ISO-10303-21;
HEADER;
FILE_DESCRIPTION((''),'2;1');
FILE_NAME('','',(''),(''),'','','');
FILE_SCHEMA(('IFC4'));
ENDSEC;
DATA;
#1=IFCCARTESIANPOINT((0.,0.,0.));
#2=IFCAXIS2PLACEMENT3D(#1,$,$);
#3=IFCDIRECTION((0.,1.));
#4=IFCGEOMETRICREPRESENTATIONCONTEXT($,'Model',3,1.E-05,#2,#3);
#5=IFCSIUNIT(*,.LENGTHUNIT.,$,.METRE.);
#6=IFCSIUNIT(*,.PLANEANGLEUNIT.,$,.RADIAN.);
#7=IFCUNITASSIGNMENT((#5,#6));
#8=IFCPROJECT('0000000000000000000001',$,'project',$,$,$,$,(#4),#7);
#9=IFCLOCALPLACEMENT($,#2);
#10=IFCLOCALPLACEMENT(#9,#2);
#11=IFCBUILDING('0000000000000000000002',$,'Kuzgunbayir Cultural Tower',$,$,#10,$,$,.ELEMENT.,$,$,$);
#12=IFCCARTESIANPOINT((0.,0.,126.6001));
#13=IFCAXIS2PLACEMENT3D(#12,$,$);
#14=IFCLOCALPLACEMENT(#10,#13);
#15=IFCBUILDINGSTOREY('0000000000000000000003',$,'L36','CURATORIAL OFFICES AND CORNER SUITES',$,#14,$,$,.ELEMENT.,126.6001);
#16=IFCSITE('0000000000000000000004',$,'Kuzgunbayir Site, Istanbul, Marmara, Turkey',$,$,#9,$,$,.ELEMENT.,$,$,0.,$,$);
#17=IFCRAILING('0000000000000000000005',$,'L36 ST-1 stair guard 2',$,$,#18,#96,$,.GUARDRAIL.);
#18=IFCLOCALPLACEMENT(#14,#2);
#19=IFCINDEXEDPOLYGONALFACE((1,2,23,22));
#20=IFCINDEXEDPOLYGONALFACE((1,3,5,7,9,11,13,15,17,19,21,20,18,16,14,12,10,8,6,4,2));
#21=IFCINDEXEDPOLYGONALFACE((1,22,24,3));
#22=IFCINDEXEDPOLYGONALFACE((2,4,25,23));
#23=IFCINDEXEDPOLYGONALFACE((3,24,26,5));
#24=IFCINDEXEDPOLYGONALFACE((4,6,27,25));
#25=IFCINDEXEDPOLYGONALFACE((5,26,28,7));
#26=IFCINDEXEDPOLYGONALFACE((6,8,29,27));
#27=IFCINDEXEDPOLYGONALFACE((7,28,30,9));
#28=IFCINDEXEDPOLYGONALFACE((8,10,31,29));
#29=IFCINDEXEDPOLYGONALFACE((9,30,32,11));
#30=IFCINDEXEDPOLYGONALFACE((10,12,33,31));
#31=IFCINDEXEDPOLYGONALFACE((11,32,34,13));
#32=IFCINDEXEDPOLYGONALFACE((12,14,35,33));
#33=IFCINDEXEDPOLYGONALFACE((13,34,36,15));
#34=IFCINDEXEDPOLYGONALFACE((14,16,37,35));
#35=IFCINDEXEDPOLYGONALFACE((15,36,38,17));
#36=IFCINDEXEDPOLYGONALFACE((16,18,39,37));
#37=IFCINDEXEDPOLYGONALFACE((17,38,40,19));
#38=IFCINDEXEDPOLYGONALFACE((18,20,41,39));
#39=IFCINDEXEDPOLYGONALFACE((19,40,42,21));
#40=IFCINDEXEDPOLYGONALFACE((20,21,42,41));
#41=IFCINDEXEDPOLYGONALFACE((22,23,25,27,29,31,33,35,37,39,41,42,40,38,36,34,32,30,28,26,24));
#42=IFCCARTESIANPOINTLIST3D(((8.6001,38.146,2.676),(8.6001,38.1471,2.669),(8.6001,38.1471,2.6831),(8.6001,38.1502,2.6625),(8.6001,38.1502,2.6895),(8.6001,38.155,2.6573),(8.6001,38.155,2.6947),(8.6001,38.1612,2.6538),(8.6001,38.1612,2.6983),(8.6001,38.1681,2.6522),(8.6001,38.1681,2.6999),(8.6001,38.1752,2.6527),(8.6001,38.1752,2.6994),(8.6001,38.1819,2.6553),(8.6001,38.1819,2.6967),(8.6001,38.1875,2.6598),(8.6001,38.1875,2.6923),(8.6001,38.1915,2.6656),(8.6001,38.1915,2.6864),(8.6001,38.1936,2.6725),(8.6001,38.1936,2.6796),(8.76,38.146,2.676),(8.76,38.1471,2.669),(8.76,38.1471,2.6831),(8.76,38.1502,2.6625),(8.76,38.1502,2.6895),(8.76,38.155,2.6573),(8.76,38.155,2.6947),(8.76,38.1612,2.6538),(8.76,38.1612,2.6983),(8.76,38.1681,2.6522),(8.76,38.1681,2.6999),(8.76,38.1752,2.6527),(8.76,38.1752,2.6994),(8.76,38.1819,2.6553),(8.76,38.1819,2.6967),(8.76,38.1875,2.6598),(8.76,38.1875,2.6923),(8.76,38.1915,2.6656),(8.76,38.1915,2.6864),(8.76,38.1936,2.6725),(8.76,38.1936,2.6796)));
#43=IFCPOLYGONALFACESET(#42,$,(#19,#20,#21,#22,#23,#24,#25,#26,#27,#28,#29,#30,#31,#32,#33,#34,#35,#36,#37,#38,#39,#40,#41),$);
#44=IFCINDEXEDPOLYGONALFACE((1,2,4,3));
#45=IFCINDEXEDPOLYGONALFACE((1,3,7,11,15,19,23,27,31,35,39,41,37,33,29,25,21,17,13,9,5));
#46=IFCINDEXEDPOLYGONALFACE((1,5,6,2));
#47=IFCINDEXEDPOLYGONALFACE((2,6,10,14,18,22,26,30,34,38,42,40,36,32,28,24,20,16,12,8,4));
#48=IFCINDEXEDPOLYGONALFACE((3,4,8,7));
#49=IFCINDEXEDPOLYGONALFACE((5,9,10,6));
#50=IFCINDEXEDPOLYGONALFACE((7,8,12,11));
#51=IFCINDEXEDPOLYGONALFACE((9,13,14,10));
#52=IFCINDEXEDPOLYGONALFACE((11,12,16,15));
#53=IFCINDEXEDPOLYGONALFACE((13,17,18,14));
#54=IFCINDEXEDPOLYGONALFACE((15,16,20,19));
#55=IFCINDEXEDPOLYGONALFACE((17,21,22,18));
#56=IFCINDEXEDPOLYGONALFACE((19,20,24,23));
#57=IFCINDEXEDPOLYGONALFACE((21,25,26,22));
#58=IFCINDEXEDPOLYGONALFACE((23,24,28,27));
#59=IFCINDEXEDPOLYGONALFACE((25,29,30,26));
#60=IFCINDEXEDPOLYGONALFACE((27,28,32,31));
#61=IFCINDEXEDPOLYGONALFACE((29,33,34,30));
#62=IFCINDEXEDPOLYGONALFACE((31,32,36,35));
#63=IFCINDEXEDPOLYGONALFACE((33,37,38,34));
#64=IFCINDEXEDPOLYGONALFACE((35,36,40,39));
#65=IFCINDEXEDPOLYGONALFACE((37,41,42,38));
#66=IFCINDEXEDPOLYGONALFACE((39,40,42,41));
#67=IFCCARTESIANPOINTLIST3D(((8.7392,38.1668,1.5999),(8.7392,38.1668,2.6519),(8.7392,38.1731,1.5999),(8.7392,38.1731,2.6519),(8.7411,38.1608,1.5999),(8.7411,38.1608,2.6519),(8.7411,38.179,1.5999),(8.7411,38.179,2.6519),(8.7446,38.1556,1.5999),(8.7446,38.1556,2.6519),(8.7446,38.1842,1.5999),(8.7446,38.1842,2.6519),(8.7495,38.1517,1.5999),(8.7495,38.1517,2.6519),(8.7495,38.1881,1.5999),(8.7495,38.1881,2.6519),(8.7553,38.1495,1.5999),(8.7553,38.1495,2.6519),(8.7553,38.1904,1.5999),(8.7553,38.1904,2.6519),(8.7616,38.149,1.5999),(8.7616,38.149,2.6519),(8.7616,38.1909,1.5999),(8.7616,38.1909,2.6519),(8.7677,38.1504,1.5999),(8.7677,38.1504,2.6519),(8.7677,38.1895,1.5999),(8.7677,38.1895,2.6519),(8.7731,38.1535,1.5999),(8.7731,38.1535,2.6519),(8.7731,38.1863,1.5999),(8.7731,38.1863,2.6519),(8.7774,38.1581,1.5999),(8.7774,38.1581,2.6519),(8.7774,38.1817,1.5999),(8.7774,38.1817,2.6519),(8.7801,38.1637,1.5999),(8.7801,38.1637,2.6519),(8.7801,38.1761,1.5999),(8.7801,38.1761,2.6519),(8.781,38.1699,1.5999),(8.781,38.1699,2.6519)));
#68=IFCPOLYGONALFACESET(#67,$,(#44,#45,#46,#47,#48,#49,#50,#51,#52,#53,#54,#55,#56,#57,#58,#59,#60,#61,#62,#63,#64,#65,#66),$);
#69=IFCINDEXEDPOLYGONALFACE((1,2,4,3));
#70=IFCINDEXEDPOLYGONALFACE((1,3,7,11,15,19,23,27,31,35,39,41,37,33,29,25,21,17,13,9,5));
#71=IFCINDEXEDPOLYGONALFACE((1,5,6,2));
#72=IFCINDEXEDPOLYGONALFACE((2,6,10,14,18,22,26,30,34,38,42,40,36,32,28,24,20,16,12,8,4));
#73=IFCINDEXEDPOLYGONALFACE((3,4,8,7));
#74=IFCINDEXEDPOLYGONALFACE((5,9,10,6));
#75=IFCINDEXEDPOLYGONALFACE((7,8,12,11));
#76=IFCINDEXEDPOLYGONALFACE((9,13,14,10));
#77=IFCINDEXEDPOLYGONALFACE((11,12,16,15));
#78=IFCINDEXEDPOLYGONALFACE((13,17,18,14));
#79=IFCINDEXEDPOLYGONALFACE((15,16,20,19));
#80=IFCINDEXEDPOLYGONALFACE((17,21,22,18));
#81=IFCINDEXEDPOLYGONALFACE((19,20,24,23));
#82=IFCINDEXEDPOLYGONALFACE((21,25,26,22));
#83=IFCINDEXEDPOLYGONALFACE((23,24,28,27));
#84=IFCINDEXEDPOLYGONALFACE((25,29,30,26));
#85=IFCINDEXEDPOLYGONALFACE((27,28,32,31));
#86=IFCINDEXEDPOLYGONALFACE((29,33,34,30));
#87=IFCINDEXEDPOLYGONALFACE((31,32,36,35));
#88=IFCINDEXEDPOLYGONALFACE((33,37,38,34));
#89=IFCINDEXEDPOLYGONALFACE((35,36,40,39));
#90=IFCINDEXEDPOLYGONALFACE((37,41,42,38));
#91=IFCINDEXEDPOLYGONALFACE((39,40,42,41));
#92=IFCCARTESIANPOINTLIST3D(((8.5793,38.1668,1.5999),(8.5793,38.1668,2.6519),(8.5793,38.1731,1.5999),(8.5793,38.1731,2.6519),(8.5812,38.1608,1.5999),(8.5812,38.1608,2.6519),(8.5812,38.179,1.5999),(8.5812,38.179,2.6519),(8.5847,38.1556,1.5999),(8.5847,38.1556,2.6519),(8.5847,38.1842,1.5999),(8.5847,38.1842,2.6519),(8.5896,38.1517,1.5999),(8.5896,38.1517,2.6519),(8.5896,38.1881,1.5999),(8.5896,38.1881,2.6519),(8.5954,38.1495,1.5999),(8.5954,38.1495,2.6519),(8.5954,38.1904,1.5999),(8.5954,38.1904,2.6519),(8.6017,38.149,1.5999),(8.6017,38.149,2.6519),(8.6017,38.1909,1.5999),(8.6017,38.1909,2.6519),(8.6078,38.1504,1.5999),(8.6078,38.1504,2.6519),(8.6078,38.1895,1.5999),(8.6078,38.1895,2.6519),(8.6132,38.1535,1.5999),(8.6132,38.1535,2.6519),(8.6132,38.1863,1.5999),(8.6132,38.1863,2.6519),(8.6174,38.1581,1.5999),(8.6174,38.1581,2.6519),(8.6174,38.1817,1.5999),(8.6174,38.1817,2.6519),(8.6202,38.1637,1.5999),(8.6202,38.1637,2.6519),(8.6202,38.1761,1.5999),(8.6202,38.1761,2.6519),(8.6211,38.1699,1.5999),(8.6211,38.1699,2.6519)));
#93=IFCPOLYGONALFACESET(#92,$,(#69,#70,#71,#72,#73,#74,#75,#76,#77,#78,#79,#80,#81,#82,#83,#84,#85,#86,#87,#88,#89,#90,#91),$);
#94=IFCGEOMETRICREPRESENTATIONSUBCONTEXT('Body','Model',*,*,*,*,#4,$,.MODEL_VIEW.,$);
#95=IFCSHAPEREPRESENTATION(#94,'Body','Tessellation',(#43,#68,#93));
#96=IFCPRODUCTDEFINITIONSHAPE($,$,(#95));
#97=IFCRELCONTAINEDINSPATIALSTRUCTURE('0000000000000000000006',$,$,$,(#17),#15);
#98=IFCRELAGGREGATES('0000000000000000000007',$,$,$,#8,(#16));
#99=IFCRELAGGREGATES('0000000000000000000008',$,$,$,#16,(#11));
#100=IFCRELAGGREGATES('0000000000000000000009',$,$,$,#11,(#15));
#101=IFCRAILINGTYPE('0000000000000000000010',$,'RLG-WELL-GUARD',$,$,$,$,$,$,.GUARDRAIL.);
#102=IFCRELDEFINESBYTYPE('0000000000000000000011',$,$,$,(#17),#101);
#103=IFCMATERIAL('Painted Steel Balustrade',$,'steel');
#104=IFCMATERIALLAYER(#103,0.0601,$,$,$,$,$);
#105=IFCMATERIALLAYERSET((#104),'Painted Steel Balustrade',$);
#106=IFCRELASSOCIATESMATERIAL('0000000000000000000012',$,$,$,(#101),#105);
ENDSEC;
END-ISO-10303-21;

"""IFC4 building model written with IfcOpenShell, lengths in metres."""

from ifc_helpers import new_model, si_unit, direction, frame, origin, origin_2d, place, context, subcontext, project, spatial, circle, extrude, material, layer, layer_set, type_object, element, save


model = new_model("IFC4")

# Units and contexts
model_context = context("Model", 3, precision=1e-05, world=origin(), true_north=direction((0.0, 1.0)))
body_context = subcontext(model_context, "Body", "Model", "MODEL_VIEW")
ifc_project = project(units=[si_unit("LENGTHUNIT", "METRE"), si_unit("PLANEANGLEUNIT", "RADIAN")], contexts=[model_context])

# Site, building, storey
site_placement = place(None, origin())
site = spatial("IfcSite", under=ifc_project, at=site_placement, Name="Kuzgunbayir Site, Istanbul, Marmara, Turkey", CompositionType="ELEMENT", RefElevation=0.0)
building_placement = place(site_placement, origin())
building = spatial("IfcBuilding", under=site, at=building_placement, Name="Kuzgunbayir Cultural Tower", CompositionType="ELEMENT")
storey_placement = place(building_placement, frame((0.0, 0.0, 126.6001)))
storey = spatial("IfcBuildingStorey", under=building, at=storey_placement, Name="L36", Description="CURATORIAL OFFICES AND CORNER SUITES", CompositionType="ELEMENT", Elevation=126.6001)

# Railing
ifc_material_1 = material(Name="Painted Steel Balustrade", Category="steel")
ifc_layer_1 = layer(ifc_material_1, 0.0601)
ifc_layer_set_1 = layer_set([ifc_layer_1], Name="Painted Steel Balustrade")
railing_type_1 = type_object("IfcRailingType", Name="RLG-WELL-GUARD", PredefinedType="GUARDRAIL", material=ifc_layer_set_1)
railing_1_placement = place(storey_placement, frame((8.76, 38.1699, 1.5999)))
element("IfcRailing", 1, at=railing_1_placement, inside=storey, type_object=railing_type_1, Name="L36 ST-1 stair guard 2", PredefinedType="GUARDRAIL", context=body_context, shape_type="SweptSolid", body=[
    extrude(circle(Radius=0.0239, at=origin_2d()), frame((0.0, 0.0, 1.0762), z_axis=(-1.0, 0.0, 0.0), x_axis=(0.0, -1.0, 0.0)), (0.0, 0.0, 1.0), 0.1599),
    extrude(circle(Radius=0.021, at=origin_2d()), origin(), (0.0, 0.0, 1.0), 1.052),
    extrude(circle(Radius=0.021, at=origin_2d()), frame((-0.1599, 0.0, 0.0)), (0.0, 0.0, 1.0), 1.052),
])

save(model, "model.ifc")
